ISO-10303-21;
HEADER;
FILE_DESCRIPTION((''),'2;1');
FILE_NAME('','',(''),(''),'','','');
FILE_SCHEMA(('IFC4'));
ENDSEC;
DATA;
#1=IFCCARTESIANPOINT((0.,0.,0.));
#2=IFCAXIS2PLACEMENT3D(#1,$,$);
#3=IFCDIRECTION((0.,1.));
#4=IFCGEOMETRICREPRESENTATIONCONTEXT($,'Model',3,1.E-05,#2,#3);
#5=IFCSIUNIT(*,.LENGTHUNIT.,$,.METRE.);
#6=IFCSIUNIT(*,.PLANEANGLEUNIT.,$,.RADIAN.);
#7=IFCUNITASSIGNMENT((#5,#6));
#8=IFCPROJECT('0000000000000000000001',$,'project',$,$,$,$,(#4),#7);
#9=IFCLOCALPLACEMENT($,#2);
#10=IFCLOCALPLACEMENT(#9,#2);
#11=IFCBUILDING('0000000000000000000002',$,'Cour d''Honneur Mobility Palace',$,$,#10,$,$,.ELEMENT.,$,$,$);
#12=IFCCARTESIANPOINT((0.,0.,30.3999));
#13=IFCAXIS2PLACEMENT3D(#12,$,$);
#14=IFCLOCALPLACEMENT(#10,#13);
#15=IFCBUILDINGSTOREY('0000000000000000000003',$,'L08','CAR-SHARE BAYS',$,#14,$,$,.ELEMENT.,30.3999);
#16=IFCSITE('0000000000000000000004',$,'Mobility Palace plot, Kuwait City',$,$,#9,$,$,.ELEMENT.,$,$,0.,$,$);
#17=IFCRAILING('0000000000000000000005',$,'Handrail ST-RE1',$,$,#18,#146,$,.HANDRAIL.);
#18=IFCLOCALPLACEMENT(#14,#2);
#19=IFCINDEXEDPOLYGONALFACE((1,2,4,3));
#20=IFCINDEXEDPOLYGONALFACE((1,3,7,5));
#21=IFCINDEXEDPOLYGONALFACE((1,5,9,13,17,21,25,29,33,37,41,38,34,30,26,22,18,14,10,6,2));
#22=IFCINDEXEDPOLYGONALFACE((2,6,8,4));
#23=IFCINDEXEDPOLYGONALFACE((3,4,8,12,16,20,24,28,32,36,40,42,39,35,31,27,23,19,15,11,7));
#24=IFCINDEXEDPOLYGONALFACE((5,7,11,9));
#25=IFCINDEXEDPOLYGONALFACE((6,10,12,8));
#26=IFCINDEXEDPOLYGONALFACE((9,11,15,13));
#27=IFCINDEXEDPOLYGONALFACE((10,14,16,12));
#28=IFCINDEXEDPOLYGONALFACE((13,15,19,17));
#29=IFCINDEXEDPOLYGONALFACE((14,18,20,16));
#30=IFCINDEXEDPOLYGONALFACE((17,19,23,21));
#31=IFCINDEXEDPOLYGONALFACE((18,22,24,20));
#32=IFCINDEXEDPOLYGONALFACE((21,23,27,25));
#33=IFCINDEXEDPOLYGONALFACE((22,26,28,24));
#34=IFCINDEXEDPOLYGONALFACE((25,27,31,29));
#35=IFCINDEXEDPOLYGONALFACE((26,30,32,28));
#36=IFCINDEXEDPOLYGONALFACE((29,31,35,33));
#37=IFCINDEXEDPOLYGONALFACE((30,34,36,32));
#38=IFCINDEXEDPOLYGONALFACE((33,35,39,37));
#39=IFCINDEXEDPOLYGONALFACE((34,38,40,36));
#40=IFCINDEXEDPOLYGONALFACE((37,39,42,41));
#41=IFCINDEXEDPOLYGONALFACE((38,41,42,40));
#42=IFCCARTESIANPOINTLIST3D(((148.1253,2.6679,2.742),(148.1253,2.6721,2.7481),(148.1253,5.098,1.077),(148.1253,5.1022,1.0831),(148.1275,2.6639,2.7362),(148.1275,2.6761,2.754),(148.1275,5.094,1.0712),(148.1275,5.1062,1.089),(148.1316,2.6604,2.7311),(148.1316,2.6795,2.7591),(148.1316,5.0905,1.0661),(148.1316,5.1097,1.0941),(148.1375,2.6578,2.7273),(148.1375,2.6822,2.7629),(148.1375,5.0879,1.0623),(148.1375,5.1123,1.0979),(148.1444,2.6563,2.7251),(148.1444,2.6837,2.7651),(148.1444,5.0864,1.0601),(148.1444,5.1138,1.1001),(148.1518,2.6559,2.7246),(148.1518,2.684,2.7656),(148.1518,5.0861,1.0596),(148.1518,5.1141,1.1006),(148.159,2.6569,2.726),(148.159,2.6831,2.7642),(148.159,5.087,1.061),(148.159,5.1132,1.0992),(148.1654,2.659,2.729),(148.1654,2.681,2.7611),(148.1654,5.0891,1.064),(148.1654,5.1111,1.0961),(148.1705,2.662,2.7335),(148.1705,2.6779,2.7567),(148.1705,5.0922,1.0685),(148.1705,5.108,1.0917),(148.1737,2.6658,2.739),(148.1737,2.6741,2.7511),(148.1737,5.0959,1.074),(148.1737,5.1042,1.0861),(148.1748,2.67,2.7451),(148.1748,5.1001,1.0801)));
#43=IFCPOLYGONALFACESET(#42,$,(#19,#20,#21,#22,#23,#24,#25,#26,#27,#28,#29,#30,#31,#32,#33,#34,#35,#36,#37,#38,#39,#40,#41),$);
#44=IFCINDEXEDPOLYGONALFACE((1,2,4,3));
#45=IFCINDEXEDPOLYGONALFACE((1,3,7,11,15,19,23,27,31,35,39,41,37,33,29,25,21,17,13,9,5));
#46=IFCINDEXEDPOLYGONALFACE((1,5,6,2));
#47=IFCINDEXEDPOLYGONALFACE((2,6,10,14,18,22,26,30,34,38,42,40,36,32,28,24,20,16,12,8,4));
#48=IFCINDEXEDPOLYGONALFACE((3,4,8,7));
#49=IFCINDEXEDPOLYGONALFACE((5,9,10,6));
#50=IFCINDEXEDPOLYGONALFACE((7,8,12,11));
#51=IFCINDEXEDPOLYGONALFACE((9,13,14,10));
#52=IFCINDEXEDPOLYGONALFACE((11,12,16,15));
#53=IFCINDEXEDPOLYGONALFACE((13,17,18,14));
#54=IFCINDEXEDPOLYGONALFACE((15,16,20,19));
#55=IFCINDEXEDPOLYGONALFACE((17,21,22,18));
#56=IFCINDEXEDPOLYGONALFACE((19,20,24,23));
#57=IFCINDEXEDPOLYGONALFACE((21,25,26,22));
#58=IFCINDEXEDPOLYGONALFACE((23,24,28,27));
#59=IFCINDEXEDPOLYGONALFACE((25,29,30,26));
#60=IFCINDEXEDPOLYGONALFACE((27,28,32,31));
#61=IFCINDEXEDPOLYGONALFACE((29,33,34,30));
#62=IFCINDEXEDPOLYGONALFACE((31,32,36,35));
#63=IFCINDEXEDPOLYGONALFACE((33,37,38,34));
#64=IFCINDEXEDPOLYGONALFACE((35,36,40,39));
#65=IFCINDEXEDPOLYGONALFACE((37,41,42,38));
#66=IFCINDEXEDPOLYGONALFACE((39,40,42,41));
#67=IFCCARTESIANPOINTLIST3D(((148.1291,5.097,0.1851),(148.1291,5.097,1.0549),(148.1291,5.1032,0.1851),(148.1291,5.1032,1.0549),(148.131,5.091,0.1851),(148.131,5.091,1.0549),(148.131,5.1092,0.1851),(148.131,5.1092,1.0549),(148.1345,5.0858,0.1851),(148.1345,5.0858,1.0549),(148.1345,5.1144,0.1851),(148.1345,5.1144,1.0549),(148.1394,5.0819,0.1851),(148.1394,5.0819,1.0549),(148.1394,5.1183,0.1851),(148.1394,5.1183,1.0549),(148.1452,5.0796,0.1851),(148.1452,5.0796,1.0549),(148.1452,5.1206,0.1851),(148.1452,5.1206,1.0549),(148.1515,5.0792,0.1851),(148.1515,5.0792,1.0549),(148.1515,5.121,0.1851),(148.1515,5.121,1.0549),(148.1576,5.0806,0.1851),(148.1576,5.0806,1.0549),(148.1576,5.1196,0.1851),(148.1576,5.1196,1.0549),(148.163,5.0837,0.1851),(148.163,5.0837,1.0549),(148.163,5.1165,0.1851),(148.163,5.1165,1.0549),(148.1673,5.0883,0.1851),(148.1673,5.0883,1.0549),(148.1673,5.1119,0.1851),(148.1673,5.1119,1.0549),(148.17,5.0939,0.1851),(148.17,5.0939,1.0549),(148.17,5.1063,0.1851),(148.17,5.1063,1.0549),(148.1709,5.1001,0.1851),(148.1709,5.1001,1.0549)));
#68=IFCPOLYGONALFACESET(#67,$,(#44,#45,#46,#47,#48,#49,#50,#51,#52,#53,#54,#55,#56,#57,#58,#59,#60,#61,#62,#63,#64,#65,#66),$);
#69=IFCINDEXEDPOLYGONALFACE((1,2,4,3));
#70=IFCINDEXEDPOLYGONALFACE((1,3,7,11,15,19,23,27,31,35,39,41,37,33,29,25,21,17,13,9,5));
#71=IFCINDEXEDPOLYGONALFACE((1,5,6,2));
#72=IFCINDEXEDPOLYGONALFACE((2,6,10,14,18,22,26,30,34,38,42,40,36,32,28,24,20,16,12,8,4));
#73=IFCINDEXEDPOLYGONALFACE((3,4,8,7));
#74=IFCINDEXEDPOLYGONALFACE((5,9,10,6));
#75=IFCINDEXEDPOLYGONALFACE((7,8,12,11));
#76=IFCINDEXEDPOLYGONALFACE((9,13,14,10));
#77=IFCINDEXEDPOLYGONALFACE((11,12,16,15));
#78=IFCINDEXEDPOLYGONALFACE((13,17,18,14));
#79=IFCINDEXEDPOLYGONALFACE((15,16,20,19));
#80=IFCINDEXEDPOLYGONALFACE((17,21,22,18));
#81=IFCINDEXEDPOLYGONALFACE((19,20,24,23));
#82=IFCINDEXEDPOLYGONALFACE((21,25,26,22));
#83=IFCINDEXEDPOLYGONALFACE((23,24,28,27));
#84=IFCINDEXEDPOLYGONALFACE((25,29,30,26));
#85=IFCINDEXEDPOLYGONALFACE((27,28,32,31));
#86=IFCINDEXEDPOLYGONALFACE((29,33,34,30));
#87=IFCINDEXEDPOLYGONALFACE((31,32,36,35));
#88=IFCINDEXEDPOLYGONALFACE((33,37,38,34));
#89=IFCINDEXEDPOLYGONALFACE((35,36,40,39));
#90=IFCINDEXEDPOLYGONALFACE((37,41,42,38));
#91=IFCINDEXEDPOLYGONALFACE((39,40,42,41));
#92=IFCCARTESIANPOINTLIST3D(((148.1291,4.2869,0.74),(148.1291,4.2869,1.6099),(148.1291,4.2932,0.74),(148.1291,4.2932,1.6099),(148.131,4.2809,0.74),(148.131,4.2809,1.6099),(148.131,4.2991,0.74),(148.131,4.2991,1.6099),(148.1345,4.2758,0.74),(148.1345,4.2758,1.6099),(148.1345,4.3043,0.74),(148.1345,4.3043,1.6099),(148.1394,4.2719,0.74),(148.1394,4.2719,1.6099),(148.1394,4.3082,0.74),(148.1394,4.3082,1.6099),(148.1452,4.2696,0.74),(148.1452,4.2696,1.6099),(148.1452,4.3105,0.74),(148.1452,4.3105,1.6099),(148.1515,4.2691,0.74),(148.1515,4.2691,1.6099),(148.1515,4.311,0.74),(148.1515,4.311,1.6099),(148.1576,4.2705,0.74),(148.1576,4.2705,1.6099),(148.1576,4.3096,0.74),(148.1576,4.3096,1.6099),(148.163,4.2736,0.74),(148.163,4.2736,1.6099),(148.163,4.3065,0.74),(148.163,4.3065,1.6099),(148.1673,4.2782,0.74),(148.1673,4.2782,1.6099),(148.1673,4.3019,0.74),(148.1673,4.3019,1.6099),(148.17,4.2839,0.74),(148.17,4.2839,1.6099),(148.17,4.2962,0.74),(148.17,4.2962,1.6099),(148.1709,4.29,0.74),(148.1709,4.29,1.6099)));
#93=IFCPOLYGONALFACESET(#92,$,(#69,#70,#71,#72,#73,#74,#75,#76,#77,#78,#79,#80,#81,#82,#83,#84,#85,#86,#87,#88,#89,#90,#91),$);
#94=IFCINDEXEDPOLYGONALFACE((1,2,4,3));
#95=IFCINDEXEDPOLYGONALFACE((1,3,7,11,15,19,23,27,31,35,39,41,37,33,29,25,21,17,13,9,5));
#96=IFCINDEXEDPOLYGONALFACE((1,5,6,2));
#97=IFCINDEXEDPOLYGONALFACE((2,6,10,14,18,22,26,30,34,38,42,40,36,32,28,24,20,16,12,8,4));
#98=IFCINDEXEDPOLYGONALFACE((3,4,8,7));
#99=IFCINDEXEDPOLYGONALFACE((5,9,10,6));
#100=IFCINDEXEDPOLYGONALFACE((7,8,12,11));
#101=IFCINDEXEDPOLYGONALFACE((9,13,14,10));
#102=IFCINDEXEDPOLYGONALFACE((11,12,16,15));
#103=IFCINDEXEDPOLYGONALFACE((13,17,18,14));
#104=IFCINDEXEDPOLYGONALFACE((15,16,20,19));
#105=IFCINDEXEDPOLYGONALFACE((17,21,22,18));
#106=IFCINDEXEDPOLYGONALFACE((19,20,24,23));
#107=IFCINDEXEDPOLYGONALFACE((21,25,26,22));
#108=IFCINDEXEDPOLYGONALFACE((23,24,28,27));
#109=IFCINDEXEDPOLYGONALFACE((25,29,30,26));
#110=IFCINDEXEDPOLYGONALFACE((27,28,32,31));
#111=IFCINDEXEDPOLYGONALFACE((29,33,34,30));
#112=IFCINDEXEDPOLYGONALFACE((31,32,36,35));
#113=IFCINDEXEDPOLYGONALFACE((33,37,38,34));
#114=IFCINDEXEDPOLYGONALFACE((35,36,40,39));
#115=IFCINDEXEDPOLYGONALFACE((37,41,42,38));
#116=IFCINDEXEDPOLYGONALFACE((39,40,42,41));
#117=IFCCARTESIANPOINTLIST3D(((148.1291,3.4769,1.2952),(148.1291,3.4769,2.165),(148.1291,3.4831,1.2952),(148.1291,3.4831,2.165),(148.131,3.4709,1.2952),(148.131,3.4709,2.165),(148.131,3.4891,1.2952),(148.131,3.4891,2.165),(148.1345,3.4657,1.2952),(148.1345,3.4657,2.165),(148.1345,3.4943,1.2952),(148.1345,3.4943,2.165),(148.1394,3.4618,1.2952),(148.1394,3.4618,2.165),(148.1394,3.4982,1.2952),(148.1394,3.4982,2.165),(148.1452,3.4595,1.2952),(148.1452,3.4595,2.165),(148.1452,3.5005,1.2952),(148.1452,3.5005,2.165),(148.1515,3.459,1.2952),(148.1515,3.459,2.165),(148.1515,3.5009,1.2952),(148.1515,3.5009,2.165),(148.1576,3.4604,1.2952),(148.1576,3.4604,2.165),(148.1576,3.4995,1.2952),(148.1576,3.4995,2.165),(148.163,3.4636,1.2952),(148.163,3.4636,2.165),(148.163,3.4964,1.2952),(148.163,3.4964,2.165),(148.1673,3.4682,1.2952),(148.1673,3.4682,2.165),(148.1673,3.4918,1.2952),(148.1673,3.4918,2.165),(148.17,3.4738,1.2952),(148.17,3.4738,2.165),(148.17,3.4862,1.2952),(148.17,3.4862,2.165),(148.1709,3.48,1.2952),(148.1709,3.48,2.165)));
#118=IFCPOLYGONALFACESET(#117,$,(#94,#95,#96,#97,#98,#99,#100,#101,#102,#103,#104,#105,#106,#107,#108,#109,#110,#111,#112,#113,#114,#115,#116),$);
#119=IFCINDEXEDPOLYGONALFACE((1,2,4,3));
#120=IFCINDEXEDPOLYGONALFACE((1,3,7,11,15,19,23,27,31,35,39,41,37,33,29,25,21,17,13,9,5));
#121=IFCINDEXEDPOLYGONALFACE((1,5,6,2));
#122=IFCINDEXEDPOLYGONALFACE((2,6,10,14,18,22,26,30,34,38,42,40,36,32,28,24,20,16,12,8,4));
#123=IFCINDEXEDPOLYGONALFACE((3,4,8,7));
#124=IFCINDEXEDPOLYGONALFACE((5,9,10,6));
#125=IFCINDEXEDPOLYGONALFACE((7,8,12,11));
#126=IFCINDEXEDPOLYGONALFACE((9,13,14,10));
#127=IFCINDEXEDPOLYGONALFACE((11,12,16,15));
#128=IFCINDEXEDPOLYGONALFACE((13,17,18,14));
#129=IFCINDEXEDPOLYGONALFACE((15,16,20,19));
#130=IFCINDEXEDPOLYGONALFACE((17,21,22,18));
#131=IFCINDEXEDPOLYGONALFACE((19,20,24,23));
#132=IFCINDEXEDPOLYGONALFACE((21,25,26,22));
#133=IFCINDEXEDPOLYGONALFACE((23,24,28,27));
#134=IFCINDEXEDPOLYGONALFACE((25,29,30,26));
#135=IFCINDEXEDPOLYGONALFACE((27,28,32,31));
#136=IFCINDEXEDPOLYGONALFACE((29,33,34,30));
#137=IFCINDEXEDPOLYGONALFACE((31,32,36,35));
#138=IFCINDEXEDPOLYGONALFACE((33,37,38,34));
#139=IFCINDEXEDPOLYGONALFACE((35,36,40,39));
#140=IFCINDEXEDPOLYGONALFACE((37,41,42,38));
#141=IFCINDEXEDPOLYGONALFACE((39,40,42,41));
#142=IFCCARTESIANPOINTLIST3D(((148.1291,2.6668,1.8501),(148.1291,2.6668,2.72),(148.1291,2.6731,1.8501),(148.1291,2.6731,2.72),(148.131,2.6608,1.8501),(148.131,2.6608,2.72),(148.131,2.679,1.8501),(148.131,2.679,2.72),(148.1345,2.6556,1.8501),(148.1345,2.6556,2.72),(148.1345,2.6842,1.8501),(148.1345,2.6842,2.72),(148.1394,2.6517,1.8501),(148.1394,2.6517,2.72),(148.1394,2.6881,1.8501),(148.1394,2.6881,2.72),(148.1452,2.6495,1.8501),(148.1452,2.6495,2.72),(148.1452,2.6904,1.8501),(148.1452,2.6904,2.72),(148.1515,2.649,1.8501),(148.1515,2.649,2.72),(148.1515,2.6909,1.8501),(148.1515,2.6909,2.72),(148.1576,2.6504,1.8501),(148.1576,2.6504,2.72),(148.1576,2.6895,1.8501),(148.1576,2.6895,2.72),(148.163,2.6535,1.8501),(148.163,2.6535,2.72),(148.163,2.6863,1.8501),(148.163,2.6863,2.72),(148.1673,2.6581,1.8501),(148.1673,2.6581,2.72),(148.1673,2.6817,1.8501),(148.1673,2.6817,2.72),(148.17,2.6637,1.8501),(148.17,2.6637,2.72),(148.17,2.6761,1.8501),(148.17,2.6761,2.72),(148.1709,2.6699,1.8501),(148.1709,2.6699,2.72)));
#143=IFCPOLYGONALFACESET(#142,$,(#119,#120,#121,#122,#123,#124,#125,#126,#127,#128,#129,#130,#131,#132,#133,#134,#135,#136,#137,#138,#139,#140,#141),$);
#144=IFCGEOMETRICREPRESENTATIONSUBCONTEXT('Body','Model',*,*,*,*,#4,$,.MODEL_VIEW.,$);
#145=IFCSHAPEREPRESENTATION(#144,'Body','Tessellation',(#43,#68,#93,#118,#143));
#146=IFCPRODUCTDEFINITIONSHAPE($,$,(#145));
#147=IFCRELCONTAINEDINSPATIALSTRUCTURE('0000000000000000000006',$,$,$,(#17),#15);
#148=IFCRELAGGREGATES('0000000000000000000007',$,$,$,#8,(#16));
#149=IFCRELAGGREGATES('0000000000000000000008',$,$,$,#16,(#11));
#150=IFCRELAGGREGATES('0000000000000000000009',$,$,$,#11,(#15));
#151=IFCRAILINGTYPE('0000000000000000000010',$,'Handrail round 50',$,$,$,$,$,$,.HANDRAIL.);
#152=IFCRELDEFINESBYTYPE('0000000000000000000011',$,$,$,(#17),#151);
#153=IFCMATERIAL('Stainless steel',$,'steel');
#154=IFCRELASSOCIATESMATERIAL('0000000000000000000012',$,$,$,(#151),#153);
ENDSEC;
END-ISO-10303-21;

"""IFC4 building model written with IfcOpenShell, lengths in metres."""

from ifc_helpers import new_model, si_unit, direction, frame, origin, origin_2d, place, context, subcontext, project, spatial, circle, extrude, material, type_object, element, save


model = new_model("IFC4")

# Units and contexts
model_context = context("Model", 3, precision=1e-05, world=origin(), true_north=direction((0.0, 1.0)))
body_context = subcontext(model_context, "Body", "Model", "MODEL_VIEW")
ifc_project = project(units=[si_unit("LENGTHUNIT", "METRE"), si_unit("PLANEANGLEUNIT", "RADIAN")], contexts=[model_context])

# Site, building, storey
site_placement = place(None, origin())
site = spatial("IfcSite", under=ifc_project, at=site_placement, Name="Mobility Palace plot, Kuwait City", CompositionType="ELEMENT", RefElevation=0.0)
building_placement = place(site_placement, origin())
building = spatial("IfcBuilding", under=site, at=building_placement, Name="Cour d'Honneur Mobility Palace", CompositionType="ELEMENT")
storey_placement = place(building_placement, frame((0.0, 0.0, 30.3999)))
storey = spatial("IfcBuildingStorey", under=building, at=storey_placement, Name="L08", Description="CAR-SHARE BAYS", CompositionType="ELEMENT", Elevation=30.3999)

# Railing
ifc_material_1 = material(Name="Stainless steel", Category="steel")
railing_type_1 = type_object("IfcRailingType", Name="Handrail round 50", PredefinedType="HANDRAIL", material=ifc_material_1)
for number, where, name in (
    (1, (148.1499, 5.1001, 0.1851), "Handrail ST-RE1"),
):
    element("IfcRailing", number, at=place(storey_placement, frame(where)), inside=storey, type_object=railing_type_1, Name=name, PredefinedType="HANDRAIL", context=body_context, shape_type="SweptSolid", body=[
        extrude(circle(Radius=0.0249, at=origin_2d()), frame((0.0, 0.0, 0.895), z_axis=(0.0, -0.824945, 0.565213), x_axis=(1.0, 0.0, 0.0)), (0.0, 0.0, 1.0), 2.9458),
        extrude(circle(Radius=0.021, at=origin_2d()), origin(), (0.0, 0.0, 1.0), 0.8699),
        extrude(circle(Radius=0.021, at=origin_2d()), frame((0.0, -0.8101, 0.5549)), (0.0, 0.0, 1.0), 0.8699),
        extrude(circle(Radius=0.021, at=origin_2d()), frame((0.0, -1.6201, 1.1101)), (0.0, 0.0, 1.0), 0.8699),
        extrude(circle(Radius=0.021, at=origin_2d()), frame((0.0, -2.4302, 1.665)), (0.0, 0.0, 1.0), 0.8699),
    ])

save(model, "model.ifc")
